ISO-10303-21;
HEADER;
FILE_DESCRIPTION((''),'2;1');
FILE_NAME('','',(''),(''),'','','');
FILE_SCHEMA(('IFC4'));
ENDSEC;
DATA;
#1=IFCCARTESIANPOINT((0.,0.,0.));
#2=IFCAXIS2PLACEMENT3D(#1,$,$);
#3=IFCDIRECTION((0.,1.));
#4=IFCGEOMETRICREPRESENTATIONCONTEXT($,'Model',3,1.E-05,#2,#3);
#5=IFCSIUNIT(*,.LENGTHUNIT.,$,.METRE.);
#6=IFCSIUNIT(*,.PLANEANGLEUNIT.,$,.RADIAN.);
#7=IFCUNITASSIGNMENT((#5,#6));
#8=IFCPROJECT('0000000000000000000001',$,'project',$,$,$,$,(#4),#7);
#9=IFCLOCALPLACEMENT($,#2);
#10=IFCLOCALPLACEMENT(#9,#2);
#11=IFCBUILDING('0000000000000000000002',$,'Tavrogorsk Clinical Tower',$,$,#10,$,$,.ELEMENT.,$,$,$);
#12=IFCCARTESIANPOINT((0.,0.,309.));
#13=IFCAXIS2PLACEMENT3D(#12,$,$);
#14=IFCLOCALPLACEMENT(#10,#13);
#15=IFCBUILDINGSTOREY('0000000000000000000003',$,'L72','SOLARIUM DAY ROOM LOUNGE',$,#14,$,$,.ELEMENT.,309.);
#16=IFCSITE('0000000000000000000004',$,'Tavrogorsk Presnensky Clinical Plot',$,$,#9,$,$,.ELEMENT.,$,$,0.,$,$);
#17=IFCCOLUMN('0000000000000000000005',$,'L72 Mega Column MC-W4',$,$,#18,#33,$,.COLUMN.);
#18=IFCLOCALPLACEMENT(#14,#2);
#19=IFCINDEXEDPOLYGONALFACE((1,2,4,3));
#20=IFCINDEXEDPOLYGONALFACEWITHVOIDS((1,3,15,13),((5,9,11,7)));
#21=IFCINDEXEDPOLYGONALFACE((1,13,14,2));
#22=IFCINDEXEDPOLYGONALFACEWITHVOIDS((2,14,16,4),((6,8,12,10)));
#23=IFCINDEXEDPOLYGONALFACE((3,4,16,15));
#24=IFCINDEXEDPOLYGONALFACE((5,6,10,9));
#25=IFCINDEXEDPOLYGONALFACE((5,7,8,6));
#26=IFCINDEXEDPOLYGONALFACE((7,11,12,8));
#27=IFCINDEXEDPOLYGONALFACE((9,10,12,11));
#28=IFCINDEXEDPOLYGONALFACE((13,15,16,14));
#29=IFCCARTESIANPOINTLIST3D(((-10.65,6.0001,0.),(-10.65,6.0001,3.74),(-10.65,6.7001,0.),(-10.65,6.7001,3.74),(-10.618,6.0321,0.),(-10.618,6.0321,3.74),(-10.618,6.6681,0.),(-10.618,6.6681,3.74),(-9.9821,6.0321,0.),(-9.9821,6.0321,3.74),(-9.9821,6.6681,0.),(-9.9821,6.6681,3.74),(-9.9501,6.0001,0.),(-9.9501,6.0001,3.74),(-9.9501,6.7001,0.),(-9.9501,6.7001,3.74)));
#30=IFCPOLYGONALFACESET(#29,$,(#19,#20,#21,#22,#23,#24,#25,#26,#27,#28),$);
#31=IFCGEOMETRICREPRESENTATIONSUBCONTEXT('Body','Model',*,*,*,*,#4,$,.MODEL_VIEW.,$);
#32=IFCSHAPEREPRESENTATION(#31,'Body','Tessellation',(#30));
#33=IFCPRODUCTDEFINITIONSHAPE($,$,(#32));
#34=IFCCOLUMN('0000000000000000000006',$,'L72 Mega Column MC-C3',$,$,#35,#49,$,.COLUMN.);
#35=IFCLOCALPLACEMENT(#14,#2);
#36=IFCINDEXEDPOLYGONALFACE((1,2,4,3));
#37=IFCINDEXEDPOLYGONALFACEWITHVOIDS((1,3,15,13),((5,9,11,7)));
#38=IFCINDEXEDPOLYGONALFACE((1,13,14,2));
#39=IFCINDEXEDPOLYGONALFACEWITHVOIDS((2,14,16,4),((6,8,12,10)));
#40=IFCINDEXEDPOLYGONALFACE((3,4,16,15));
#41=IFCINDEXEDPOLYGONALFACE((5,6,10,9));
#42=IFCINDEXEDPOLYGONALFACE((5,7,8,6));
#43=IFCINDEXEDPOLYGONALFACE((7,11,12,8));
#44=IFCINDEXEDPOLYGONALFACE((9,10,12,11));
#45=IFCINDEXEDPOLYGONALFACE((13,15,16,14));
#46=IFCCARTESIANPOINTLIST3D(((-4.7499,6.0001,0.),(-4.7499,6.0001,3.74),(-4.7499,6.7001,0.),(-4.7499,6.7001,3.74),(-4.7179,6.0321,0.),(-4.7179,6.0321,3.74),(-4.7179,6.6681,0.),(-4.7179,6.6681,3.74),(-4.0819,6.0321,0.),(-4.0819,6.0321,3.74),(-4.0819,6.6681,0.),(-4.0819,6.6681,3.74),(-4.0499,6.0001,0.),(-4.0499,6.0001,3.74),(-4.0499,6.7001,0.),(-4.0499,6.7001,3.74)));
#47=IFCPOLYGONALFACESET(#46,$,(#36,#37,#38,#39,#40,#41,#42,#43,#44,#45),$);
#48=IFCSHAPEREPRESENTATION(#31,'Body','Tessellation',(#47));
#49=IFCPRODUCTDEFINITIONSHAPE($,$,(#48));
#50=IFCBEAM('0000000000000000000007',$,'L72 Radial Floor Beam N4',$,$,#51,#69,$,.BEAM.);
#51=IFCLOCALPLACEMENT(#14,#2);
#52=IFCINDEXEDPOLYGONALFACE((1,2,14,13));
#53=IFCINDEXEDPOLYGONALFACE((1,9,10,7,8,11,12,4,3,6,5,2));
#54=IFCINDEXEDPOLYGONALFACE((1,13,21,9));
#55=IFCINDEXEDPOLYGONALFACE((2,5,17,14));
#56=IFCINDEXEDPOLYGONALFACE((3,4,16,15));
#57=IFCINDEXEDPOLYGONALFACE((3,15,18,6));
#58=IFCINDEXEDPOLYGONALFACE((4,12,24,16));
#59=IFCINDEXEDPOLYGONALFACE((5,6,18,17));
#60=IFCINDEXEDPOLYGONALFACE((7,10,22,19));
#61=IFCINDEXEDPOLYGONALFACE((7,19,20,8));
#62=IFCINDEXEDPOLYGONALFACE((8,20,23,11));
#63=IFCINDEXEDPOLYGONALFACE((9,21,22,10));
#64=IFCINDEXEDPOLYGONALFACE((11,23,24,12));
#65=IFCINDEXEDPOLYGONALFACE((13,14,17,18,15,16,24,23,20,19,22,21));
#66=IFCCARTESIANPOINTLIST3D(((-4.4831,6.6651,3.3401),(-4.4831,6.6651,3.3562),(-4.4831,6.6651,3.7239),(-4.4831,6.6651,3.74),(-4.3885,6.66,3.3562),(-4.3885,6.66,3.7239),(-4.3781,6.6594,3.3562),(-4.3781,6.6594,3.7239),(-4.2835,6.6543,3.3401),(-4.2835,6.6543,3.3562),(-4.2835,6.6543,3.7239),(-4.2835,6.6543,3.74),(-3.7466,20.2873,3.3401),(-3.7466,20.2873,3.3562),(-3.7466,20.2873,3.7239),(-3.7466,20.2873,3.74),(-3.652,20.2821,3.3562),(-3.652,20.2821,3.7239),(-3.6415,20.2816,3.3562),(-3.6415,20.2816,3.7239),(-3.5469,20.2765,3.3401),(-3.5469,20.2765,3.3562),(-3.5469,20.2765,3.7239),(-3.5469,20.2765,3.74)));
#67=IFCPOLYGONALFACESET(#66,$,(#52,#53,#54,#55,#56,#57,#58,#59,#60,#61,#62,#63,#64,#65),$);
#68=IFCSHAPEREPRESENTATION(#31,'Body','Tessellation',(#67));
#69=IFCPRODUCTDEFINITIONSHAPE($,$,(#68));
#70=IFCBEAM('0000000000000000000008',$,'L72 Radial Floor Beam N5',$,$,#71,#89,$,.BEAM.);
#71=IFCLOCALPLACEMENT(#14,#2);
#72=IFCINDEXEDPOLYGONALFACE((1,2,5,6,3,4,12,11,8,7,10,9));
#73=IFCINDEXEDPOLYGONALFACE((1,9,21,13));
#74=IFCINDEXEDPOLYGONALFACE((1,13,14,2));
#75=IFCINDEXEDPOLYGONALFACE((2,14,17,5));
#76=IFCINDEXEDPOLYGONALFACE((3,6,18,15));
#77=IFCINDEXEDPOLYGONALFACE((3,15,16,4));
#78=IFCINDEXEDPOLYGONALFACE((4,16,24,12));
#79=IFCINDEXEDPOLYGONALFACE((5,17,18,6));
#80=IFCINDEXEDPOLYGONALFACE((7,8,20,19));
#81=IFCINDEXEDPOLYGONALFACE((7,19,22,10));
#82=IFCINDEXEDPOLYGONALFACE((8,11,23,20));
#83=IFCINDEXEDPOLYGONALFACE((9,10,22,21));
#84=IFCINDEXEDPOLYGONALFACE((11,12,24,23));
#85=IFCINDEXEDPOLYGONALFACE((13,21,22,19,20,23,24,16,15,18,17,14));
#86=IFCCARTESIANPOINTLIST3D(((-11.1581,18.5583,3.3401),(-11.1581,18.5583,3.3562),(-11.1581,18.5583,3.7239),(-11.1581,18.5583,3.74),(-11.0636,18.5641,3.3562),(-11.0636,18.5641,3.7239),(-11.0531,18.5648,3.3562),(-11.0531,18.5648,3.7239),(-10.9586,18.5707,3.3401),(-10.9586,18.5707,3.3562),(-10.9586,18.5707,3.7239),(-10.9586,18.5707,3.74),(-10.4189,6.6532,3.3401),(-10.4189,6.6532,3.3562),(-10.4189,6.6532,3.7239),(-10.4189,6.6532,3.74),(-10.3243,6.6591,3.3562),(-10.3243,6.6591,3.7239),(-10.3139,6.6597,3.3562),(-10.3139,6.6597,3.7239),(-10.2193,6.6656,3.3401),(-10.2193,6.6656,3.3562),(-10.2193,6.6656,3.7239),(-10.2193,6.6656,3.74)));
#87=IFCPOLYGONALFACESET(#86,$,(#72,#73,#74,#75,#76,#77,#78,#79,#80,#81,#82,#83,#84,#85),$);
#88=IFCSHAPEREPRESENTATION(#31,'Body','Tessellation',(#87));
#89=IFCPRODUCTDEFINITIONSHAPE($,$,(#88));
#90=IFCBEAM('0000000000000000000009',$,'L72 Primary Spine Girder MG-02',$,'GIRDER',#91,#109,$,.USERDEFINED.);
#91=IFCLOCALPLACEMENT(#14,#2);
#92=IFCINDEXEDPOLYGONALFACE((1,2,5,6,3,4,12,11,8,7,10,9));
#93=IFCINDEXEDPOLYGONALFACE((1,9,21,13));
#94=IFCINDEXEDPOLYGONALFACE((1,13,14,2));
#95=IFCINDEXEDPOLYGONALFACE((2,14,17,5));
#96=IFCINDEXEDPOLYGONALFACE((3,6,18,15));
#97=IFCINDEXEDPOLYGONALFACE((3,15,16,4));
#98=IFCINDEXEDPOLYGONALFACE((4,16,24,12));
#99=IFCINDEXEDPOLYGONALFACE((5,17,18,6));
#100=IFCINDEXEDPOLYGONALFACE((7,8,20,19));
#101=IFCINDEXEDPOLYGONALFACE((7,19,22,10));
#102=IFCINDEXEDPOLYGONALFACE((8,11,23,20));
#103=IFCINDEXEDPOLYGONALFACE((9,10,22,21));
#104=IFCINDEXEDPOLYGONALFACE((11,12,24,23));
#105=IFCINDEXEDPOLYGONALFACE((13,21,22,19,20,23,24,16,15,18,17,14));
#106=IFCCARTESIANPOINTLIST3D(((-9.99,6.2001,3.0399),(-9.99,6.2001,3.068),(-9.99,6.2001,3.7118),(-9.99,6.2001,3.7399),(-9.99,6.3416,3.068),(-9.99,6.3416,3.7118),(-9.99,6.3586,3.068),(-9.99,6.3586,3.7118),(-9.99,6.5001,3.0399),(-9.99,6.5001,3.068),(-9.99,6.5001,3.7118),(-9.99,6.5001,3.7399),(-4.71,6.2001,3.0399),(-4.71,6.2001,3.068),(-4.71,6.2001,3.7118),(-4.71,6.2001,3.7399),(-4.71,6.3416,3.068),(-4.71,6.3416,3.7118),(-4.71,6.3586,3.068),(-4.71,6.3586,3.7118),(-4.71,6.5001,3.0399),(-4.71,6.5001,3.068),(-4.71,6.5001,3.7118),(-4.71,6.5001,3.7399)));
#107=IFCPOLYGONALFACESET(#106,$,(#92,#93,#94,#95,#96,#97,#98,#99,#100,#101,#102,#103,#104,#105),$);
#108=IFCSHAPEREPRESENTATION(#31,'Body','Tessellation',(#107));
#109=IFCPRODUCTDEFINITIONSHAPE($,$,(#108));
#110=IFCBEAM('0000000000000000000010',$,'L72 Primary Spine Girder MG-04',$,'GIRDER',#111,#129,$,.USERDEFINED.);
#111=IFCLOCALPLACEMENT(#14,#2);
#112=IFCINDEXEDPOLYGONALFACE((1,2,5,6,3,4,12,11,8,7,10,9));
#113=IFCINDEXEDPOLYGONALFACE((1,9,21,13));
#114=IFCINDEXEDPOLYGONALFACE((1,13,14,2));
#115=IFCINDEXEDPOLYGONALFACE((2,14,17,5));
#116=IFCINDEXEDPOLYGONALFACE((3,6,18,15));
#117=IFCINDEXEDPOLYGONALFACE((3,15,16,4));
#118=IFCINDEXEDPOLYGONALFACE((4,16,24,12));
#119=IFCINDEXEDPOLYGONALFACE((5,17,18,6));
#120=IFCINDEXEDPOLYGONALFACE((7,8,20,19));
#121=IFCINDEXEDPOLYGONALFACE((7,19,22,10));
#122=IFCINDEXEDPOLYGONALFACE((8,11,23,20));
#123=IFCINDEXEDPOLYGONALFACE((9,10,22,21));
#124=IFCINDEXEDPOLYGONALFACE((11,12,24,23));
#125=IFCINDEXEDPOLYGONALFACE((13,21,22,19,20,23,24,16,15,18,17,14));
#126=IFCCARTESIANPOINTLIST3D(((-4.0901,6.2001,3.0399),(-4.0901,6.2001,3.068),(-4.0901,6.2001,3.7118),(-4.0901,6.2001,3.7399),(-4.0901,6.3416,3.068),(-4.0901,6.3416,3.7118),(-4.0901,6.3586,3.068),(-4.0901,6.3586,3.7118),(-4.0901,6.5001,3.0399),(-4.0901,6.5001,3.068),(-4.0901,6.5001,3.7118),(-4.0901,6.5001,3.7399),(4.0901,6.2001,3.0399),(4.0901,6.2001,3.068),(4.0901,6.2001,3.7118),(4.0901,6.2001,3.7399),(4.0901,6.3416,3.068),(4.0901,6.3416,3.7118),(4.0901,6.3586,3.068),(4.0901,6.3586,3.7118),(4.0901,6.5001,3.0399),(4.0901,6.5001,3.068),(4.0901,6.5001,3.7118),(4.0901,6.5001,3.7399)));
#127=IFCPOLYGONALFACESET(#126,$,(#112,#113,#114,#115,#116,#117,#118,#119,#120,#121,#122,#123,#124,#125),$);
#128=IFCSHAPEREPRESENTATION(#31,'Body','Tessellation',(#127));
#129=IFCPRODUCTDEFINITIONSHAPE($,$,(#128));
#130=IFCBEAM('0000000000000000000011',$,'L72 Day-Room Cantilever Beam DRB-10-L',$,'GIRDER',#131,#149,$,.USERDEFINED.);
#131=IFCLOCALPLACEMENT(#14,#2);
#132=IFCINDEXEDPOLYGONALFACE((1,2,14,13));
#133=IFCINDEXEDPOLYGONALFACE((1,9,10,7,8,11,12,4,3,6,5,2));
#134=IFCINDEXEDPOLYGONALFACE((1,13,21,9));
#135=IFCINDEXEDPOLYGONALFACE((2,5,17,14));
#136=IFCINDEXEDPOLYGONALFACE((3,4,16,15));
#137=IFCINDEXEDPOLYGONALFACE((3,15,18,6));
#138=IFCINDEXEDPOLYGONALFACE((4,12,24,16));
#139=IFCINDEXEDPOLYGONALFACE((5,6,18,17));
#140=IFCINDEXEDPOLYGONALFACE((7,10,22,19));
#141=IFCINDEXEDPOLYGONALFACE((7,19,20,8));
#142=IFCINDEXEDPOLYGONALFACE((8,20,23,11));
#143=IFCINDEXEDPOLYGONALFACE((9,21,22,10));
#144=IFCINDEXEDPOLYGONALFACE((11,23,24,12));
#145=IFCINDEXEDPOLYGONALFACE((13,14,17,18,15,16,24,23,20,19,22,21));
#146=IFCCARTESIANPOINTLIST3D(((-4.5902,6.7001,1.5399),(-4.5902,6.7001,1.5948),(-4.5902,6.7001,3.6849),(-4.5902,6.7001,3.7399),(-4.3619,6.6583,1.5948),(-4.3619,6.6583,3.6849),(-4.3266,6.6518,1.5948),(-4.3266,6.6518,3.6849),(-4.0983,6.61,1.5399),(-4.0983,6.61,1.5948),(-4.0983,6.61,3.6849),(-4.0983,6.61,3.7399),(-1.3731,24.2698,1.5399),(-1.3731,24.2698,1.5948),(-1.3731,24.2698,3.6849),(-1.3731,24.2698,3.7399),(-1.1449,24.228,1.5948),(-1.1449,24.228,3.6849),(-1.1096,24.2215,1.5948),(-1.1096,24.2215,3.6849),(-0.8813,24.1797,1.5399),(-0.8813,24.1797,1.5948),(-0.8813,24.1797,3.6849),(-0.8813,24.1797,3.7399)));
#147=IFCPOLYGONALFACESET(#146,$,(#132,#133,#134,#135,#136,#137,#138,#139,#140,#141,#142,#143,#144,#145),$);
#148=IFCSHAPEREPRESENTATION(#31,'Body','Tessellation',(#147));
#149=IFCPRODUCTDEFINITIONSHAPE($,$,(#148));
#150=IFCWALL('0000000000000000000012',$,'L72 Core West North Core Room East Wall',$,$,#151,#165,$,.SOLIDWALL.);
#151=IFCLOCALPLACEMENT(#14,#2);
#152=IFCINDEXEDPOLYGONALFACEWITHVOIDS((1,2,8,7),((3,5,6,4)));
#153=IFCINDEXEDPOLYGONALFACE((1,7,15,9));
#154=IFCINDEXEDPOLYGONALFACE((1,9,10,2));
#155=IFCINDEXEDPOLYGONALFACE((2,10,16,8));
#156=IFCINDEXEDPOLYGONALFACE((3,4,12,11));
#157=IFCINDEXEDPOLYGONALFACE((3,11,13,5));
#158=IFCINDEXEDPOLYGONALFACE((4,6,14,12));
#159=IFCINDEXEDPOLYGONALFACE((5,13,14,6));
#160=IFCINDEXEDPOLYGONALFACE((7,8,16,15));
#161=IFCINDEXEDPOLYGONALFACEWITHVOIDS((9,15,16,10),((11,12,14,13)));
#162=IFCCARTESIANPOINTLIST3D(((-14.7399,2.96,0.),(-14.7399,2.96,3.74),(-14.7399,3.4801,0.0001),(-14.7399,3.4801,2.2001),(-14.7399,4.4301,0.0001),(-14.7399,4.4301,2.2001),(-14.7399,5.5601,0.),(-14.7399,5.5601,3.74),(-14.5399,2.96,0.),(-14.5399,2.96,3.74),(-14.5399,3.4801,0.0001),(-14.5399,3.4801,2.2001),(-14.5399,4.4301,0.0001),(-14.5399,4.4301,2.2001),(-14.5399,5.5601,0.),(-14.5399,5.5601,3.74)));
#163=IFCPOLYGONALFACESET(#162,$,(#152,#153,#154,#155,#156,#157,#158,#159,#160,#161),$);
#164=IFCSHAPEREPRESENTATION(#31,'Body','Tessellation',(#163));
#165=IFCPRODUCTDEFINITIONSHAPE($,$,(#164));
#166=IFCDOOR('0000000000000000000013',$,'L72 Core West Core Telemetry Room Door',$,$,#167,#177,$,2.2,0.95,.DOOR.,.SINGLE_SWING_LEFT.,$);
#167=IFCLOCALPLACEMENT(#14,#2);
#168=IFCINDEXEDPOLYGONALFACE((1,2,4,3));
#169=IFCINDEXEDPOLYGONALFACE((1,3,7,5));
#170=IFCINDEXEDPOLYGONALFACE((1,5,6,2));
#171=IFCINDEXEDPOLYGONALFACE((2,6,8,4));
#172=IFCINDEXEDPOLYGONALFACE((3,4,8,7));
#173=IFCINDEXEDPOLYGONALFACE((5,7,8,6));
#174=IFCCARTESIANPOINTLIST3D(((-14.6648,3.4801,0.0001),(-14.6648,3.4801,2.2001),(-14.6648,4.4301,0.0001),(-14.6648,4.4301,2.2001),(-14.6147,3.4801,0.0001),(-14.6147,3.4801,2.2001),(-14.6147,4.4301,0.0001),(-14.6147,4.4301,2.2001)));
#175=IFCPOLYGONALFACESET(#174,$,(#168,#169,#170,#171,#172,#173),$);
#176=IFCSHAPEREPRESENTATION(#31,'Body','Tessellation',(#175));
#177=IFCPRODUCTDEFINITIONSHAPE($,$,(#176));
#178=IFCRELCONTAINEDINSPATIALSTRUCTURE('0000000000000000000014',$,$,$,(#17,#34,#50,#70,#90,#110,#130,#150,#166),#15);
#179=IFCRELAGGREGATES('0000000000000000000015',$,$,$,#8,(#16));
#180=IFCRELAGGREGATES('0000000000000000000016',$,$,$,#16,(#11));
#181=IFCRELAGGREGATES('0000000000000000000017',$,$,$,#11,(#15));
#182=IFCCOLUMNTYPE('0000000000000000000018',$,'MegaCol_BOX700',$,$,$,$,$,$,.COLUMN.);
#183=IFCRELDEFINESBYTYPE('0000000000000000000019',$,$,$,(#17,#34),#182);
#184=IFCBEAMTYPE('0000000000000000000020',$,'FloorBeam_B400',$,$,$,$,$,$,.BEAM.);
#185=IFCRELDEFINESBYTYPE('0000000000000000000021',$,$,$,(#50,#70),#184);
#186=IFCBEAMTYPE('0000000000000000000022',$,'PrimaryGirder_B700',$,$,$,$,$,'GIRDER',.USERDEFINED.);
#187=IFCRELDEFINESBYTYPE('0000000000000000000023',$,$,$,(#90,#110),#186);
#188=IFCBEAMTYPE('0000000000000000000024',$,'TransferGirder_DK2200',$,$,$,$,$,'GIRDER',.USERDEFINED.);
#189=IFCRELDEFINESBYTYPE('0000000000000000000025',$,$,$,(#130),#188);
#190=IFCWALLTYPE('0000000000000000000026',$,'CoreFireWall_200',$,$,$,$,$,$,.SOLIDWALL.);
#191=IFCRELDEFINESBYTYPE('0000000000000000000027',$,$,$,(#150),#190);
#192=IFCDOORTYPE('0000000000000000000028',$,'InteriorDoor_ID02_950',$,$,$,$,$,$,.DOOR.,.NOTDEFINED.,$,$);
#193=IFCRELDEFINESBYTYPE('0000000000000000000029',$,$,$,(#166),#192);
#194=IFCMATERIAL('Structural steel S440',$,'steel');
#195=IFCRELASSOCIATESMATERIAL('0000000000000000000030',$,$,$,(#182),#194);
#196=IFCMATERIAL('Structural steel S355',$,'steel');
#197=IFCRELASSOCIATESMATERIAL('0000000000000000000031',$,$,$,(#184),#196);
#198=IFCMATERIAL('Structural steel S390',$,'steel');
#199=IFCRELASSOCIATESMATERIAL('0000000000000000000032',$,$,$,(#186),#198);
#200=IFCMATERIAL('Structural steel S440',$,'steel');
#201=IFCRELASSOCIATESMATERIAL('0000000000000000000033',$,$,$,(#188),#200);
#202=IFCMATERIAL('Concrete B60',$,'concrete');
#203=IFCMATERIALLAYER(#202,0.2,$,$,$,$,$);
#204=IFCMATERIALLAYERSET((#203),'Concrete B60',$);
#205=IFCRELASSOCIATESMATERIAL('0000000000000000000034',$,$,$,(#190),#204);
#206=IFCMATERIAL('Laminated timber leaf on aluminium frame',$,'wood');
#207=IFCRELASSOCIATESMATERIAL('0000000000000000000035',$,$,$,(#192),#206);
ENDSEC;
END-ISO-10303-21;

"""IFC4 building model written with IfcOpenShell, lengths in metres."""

from ifc_helpers import new_model, si_unit, direction, frame, frame_2d, origin, origin_2d, place, context, subcontext, project, spatial, rectangle, hollow_rectangle, i_section, extrude, material, layer, layer_set, material_profile, profile_set, type_object, element, fill, save


model = new_model("IFC4")

# Units and contexts
model_context = context("Model", 3, precision=1e-05, world=origin(), true_north=direction((0.0, 1.0)))
body_context = subcontext(model_context, "Body", "Model", "MODEL_VIEW")
ifc_project = project(units=[si_unit("LENGTHUNIT", "METRE"), si_unit("PLANEANGLEUNIT", "RADIAN")], contexts=[model_context])

# Site, building, storey
site_placement = place(None, origin())
site = spatial("IfcSite", under=ifc_project, at=site_placement, Name="Tavrogorsk Presnensky Clinical Plot", CompositionType="ELEMENT", RefElevation=0.0)
building_placement = place(site_placement, origin())
building = spatial("IfcBuilding", under=site, at=building_placement, Name="Tavrogorsk Clinical Tower", CompositionType="ELEMENT")
storey_placement = place(building_placement, frame((0.0, 0.0, 309.0)))
storey = spatial("IfcBuildingStorey", under=building, at=storey_placement, Name="L72", Description="SOLARIUM DAY ROOM LOUNGE", CompositionType="ELEMENT", Elevation=309.0)

# Columns
ifc_material_1 = material(Name="Structural steel S440", Category="steel")
ifc_material_profile_1 = material_profile(ifc_material_1, hollow_rectangle(XDim=0.7, YDim=0.7, WallThickness=0.032, at=origin_2d()), Name="BOX-700x700x32")
ifc_profile_set_1 = profile_set([ifc_material_profile_1], Name="Structural steel S440")
column_type = type_object("IfcColumnType", Name="MegaCol_BOX700", PredefinedType="COLUMN", material=ifc_profile_set_1)
for number, where, z_axis, x_axis, name in (
    (1, (-10.3, 6.3501, 0.0), (0.0, 0.0, 1.0), (1.0, 0.0, 0.0), "L72 Mega Column MC-W4"),
    (2, (-4.3999, 6.3501, 0.0), (0.0, 0.0, 1.0), (1.0, 0.0, 0.0), "L72 Mega Column MC-C3"),
):
    element("IfcColumn", number, at=place(storey_placement, frame(where, z_axis=z_axis, x_axis=x_axis)), inside=storey, type_object=column_type, Name=name, PredefinedType="COLUMN", context=body_context, shape_type="SweptSolid", body=[
        extrude(hollow_rectangle(XDim=0.7, YDim=0.7, WallThickness=0.032, at=origin_2d()), origin(), (0.0, 0.0, 1.0), 3.74),
    ])

# Beams
ifc_material_2 = material(Name="Structural steel S355", Category="steel")
ifc_material_profile_2 = material_profile(ifc_material_2, i_section(OverallWidth=0.2, OverallDepth=0.3999, WebThickness=0.0105, FlangeThickness=0.0161, at=origin_2d()), Name="B-400x200x10.5x16")
ifc_profile_set_2 = profile_set([ifc_material_profile_2], Name="Structural steel S355")
beam_type_1 = type_object("IfcBeamType", Name="FloorBeam_B400", PredefinedType="BEAM", material=ifc_profile_set_2)
beam_1_placement = place(storey_placement, frame((-4.3833, 6.6597, 3.54), z_axis=(0.053993, 0.998541, 0.0), x_axis=(-0.998541, 0.053993, 0.0)))
element("IfcBeam", 3, at=beam_1_placement, inside=storey, type_object=beam_type_1, Name="L72 Radial Floor Beam N4", PredefinedType="BEAM", context=body_context, shape_type="SweptSolid", body=[
    extrude(i_section(OverallWidth=0.2, OverallDepth=0.3999, WebThickness=0.0105, FlangeThickness=0.0161, at=origin_2d()), origin(), (0.0, 0.0, 1.0), 13.6421),
])
beam_2_placement = place(storey_placement, frame((-10.3191, 6.6594, 3.54), z_axis=(-0.061977, 0.998078, 0.0), x_axis=(-0.998078, -0.061977, 0.0)))
element("IfcBeam", 4, at=beam_2_placement, inside=storey, type_object=beam_type_1, Name="L72 Radial Floor Beam N5", PredefinedType="BEAM", context=body_context, shape_type="SweptSolid", body=[
    extrude(i_section(OverallWidth=0.2, OverallDepth=0.3999, WebThickness=0.0105, FlangeThickness=0.0161, at=origin_2d()), origin(), (0.0, 0.0, 1.0), 11.928),
])
ifc_material_3 = material(Name="Structural steel S390", Category="steel")
ifc_material_profile_3 = material_profile(ifc_material_3, i_section(OverallWidth=0.3, OverallDepth=0.7, WebThickness=0.0171, FlangeThickness=0.0281, at=origin_2d()), Name="B-700x300x17x28")
ifc_profile_set_3 = profile_set([ifc_material_profile_3], Name="Structural steel S390")
beam_type_2 = type_object("IfcBeamType", Name="PrimaryGirder_B700", ElementType="GIRDER", PredefinedType="USERDEFINED", material=ifc_profile_set_3)
beam_3_placement = place(storey_placement, frame((-9.99, 6.3501, 3.3899), z_axis=(1.0, 0.0, 0.0), x_axis=(0.0, 1.0, 0.0)))
element("IfcBeam", 5, at=beam_3_placement, inside=storey, type_object=beam_type_2, Name="L72 Primary Spine Girder MG-02", ObjectType="GIRDER", PredefinedType="USERDEFINED", context=body_context, shape_type="SweptSolid", body=[
    extrude(i_section(OverallWidth=0.3, OverallDepth=0.7, WebThickness=0.0171, FlangeThickness=0.0281, at=origin_2d()), origin(), (0.0, 0.0, 1.0), 5.28),
])
beam_4_placement = place(storey_placement, frame((-4.0901, 6.3501, 3.3899), z_axis=(1.0, 0.0, 0.0), x_axis=(0.0, 1.0, 0.0)))
element("IfcBeam", 6, at=beam_4_placement, inside=storey, type_object=beam_type_2, Name="L72 Primary Spine Girder MG-04", ObjectType="GIRDER", PredefinedType="USERDEFINED", context=body_context, shape_type="SweptSolid", body=[
    extrude(i_section(OverallWidth=0.3, OverallDepth=0.7, WebThickness=0.0171, FlangeThickness=0.0281, at=origin_2d()), origin(), (0.0, 0.0, 1.0), 8.1802),
])
ifc_material_4 = material(Name="Structural steel S440", Category="steel")
ifc_material_profile_4 = material_profile(ifc_material_4, i_section(OverallWidth=0.5, OverallDepth=2.2, WebThickness=0.0359, FlangeThickness=0.0549, at=origin_2d()), Name="DK-2200x500x36x55")
ifc_profile_set_4 = profile_set([ifc_material_profile_4], Name="Structural steel S440")
beam_type_3 = type_object("IfcBeamType", Name="TransferGirder_DK2200", ElementType="GIRDER", PredefinedType="USERDEFINED", material=ifc_profile_set_4)
beam_5_placement = place(storey_placement, frame((-4.3442, 6.655, 2.6399), z_axis=(0.180106, 0.983647, 0.0), x_axis=(-0.983647, 0.180106, 0.0)))
element("IfcBeam", 7, at=beam_5_placement, inside=storey, type_object=beam_type_3, Name="L72 Day-Room Cantilever Beam DRB-10-L", ObjectType="GIRDER", PredefinedType="USERDEFINED", context=body_context, shape_type="SweptSolid", body=[
    extrude(i_section(OverallWidth=0.5, OverallDepth=2.2, WebThickness=0.0359, FlangeThickness=0.0549, at=origin_2d()), origin(), (0.0, 0.0, 1.0), 17.8618),
])

# Wall, opening, door
ifc_material_5 = material(Name="Concrete B60", Category="concrete")
ifc_layer_1 = layer(ifc_material_5, 0.2)
ifc_layer_set_1 = layer_set([ifc_layer_1], Name="Concrete B60")
wall_type_1 = type_object("IfcWallType", Name="CoreFireWall_200", PredefinedType="SOLIDWALL", material=ifc_layer_set_1)
wall_1_placement = place(storey_placement, frame((-14.6399, 2.96, 0.0), z_axis=(0.0, 0.0, 1.0), x_axis=(0.0, 1.0, 0.0)))
wall_1 = element("IfcWall", 8, at=wall_1_placement, inside=storey, type_object=wall_type_1, Name="L72 Core West North Core Room East Wall", PredefinedType="SOLIDWALL", context=body_context, shape_type="SweptSolid", body=[
    extrude(rectangle(XDim=2.6001, YDim=0.2, at=frame_2d((1.3, 0.0))), origin(), (0.0, 0.0, 1.0), 3.74),
])
opening_1_placement = place(wall_1_placement, frame((0.52, 0.0, 0.0)))
opening_1 = element("IfcOpeningElement", 9, at=opening_1_placement, cuts=wall_1, PredefinedType="OPENING", context=body_context, shape_type="SweptSolid", body=[
    extrude(rectangle(XDim=0.95, YDim=2.2, at=frame_2d((0.4751, 1.1001))), frame((0.0, 0.1099, 0.0), z_axis=(0.0, -1.0, 0.0), x_axis=(1.0, 0.0, 0.0)), (0.0, 0.0, 1.0), 0.22),
])
ifc_material_6 = material(Name="Laminated timber leaf on aluminium frame", Category="wood")
door_type_1 = type_object("IfcDoorType", Name="InteriorDoor_ID02_950", OperationType="NOTDEFINED", PredefinedType="DOOR", material=ifc_material_6)
door_1_placement = place(opening_1_placement, origin())
door_1 = element("IfcDoor", 10, at=door_1_placement, inside=storey, type_object=door_type_1, Name="L72 Core West Core Telemetry Room Door", OperationType="SINGLE_SWING_LEFT", OverallHeight=2.2, OverallWidth=0.95, PredefinedType="DOOR", context=body_context, shape_type="SweptSolid", body=[
    extrude(rectangle(XDim=0.95, YDim=2.2, at=frame_2d((0.4751, 1.1001))), frame((0.0, 0.0249, 0.0), z_axis=(0.0, -1.0, 0.0), x_axis=(1.0, 0.0, 0.0)), (0.0, 0.0, 1.0), 0.05),
])
fill(opening_1, door_1)

save(model, "model.ifc")
